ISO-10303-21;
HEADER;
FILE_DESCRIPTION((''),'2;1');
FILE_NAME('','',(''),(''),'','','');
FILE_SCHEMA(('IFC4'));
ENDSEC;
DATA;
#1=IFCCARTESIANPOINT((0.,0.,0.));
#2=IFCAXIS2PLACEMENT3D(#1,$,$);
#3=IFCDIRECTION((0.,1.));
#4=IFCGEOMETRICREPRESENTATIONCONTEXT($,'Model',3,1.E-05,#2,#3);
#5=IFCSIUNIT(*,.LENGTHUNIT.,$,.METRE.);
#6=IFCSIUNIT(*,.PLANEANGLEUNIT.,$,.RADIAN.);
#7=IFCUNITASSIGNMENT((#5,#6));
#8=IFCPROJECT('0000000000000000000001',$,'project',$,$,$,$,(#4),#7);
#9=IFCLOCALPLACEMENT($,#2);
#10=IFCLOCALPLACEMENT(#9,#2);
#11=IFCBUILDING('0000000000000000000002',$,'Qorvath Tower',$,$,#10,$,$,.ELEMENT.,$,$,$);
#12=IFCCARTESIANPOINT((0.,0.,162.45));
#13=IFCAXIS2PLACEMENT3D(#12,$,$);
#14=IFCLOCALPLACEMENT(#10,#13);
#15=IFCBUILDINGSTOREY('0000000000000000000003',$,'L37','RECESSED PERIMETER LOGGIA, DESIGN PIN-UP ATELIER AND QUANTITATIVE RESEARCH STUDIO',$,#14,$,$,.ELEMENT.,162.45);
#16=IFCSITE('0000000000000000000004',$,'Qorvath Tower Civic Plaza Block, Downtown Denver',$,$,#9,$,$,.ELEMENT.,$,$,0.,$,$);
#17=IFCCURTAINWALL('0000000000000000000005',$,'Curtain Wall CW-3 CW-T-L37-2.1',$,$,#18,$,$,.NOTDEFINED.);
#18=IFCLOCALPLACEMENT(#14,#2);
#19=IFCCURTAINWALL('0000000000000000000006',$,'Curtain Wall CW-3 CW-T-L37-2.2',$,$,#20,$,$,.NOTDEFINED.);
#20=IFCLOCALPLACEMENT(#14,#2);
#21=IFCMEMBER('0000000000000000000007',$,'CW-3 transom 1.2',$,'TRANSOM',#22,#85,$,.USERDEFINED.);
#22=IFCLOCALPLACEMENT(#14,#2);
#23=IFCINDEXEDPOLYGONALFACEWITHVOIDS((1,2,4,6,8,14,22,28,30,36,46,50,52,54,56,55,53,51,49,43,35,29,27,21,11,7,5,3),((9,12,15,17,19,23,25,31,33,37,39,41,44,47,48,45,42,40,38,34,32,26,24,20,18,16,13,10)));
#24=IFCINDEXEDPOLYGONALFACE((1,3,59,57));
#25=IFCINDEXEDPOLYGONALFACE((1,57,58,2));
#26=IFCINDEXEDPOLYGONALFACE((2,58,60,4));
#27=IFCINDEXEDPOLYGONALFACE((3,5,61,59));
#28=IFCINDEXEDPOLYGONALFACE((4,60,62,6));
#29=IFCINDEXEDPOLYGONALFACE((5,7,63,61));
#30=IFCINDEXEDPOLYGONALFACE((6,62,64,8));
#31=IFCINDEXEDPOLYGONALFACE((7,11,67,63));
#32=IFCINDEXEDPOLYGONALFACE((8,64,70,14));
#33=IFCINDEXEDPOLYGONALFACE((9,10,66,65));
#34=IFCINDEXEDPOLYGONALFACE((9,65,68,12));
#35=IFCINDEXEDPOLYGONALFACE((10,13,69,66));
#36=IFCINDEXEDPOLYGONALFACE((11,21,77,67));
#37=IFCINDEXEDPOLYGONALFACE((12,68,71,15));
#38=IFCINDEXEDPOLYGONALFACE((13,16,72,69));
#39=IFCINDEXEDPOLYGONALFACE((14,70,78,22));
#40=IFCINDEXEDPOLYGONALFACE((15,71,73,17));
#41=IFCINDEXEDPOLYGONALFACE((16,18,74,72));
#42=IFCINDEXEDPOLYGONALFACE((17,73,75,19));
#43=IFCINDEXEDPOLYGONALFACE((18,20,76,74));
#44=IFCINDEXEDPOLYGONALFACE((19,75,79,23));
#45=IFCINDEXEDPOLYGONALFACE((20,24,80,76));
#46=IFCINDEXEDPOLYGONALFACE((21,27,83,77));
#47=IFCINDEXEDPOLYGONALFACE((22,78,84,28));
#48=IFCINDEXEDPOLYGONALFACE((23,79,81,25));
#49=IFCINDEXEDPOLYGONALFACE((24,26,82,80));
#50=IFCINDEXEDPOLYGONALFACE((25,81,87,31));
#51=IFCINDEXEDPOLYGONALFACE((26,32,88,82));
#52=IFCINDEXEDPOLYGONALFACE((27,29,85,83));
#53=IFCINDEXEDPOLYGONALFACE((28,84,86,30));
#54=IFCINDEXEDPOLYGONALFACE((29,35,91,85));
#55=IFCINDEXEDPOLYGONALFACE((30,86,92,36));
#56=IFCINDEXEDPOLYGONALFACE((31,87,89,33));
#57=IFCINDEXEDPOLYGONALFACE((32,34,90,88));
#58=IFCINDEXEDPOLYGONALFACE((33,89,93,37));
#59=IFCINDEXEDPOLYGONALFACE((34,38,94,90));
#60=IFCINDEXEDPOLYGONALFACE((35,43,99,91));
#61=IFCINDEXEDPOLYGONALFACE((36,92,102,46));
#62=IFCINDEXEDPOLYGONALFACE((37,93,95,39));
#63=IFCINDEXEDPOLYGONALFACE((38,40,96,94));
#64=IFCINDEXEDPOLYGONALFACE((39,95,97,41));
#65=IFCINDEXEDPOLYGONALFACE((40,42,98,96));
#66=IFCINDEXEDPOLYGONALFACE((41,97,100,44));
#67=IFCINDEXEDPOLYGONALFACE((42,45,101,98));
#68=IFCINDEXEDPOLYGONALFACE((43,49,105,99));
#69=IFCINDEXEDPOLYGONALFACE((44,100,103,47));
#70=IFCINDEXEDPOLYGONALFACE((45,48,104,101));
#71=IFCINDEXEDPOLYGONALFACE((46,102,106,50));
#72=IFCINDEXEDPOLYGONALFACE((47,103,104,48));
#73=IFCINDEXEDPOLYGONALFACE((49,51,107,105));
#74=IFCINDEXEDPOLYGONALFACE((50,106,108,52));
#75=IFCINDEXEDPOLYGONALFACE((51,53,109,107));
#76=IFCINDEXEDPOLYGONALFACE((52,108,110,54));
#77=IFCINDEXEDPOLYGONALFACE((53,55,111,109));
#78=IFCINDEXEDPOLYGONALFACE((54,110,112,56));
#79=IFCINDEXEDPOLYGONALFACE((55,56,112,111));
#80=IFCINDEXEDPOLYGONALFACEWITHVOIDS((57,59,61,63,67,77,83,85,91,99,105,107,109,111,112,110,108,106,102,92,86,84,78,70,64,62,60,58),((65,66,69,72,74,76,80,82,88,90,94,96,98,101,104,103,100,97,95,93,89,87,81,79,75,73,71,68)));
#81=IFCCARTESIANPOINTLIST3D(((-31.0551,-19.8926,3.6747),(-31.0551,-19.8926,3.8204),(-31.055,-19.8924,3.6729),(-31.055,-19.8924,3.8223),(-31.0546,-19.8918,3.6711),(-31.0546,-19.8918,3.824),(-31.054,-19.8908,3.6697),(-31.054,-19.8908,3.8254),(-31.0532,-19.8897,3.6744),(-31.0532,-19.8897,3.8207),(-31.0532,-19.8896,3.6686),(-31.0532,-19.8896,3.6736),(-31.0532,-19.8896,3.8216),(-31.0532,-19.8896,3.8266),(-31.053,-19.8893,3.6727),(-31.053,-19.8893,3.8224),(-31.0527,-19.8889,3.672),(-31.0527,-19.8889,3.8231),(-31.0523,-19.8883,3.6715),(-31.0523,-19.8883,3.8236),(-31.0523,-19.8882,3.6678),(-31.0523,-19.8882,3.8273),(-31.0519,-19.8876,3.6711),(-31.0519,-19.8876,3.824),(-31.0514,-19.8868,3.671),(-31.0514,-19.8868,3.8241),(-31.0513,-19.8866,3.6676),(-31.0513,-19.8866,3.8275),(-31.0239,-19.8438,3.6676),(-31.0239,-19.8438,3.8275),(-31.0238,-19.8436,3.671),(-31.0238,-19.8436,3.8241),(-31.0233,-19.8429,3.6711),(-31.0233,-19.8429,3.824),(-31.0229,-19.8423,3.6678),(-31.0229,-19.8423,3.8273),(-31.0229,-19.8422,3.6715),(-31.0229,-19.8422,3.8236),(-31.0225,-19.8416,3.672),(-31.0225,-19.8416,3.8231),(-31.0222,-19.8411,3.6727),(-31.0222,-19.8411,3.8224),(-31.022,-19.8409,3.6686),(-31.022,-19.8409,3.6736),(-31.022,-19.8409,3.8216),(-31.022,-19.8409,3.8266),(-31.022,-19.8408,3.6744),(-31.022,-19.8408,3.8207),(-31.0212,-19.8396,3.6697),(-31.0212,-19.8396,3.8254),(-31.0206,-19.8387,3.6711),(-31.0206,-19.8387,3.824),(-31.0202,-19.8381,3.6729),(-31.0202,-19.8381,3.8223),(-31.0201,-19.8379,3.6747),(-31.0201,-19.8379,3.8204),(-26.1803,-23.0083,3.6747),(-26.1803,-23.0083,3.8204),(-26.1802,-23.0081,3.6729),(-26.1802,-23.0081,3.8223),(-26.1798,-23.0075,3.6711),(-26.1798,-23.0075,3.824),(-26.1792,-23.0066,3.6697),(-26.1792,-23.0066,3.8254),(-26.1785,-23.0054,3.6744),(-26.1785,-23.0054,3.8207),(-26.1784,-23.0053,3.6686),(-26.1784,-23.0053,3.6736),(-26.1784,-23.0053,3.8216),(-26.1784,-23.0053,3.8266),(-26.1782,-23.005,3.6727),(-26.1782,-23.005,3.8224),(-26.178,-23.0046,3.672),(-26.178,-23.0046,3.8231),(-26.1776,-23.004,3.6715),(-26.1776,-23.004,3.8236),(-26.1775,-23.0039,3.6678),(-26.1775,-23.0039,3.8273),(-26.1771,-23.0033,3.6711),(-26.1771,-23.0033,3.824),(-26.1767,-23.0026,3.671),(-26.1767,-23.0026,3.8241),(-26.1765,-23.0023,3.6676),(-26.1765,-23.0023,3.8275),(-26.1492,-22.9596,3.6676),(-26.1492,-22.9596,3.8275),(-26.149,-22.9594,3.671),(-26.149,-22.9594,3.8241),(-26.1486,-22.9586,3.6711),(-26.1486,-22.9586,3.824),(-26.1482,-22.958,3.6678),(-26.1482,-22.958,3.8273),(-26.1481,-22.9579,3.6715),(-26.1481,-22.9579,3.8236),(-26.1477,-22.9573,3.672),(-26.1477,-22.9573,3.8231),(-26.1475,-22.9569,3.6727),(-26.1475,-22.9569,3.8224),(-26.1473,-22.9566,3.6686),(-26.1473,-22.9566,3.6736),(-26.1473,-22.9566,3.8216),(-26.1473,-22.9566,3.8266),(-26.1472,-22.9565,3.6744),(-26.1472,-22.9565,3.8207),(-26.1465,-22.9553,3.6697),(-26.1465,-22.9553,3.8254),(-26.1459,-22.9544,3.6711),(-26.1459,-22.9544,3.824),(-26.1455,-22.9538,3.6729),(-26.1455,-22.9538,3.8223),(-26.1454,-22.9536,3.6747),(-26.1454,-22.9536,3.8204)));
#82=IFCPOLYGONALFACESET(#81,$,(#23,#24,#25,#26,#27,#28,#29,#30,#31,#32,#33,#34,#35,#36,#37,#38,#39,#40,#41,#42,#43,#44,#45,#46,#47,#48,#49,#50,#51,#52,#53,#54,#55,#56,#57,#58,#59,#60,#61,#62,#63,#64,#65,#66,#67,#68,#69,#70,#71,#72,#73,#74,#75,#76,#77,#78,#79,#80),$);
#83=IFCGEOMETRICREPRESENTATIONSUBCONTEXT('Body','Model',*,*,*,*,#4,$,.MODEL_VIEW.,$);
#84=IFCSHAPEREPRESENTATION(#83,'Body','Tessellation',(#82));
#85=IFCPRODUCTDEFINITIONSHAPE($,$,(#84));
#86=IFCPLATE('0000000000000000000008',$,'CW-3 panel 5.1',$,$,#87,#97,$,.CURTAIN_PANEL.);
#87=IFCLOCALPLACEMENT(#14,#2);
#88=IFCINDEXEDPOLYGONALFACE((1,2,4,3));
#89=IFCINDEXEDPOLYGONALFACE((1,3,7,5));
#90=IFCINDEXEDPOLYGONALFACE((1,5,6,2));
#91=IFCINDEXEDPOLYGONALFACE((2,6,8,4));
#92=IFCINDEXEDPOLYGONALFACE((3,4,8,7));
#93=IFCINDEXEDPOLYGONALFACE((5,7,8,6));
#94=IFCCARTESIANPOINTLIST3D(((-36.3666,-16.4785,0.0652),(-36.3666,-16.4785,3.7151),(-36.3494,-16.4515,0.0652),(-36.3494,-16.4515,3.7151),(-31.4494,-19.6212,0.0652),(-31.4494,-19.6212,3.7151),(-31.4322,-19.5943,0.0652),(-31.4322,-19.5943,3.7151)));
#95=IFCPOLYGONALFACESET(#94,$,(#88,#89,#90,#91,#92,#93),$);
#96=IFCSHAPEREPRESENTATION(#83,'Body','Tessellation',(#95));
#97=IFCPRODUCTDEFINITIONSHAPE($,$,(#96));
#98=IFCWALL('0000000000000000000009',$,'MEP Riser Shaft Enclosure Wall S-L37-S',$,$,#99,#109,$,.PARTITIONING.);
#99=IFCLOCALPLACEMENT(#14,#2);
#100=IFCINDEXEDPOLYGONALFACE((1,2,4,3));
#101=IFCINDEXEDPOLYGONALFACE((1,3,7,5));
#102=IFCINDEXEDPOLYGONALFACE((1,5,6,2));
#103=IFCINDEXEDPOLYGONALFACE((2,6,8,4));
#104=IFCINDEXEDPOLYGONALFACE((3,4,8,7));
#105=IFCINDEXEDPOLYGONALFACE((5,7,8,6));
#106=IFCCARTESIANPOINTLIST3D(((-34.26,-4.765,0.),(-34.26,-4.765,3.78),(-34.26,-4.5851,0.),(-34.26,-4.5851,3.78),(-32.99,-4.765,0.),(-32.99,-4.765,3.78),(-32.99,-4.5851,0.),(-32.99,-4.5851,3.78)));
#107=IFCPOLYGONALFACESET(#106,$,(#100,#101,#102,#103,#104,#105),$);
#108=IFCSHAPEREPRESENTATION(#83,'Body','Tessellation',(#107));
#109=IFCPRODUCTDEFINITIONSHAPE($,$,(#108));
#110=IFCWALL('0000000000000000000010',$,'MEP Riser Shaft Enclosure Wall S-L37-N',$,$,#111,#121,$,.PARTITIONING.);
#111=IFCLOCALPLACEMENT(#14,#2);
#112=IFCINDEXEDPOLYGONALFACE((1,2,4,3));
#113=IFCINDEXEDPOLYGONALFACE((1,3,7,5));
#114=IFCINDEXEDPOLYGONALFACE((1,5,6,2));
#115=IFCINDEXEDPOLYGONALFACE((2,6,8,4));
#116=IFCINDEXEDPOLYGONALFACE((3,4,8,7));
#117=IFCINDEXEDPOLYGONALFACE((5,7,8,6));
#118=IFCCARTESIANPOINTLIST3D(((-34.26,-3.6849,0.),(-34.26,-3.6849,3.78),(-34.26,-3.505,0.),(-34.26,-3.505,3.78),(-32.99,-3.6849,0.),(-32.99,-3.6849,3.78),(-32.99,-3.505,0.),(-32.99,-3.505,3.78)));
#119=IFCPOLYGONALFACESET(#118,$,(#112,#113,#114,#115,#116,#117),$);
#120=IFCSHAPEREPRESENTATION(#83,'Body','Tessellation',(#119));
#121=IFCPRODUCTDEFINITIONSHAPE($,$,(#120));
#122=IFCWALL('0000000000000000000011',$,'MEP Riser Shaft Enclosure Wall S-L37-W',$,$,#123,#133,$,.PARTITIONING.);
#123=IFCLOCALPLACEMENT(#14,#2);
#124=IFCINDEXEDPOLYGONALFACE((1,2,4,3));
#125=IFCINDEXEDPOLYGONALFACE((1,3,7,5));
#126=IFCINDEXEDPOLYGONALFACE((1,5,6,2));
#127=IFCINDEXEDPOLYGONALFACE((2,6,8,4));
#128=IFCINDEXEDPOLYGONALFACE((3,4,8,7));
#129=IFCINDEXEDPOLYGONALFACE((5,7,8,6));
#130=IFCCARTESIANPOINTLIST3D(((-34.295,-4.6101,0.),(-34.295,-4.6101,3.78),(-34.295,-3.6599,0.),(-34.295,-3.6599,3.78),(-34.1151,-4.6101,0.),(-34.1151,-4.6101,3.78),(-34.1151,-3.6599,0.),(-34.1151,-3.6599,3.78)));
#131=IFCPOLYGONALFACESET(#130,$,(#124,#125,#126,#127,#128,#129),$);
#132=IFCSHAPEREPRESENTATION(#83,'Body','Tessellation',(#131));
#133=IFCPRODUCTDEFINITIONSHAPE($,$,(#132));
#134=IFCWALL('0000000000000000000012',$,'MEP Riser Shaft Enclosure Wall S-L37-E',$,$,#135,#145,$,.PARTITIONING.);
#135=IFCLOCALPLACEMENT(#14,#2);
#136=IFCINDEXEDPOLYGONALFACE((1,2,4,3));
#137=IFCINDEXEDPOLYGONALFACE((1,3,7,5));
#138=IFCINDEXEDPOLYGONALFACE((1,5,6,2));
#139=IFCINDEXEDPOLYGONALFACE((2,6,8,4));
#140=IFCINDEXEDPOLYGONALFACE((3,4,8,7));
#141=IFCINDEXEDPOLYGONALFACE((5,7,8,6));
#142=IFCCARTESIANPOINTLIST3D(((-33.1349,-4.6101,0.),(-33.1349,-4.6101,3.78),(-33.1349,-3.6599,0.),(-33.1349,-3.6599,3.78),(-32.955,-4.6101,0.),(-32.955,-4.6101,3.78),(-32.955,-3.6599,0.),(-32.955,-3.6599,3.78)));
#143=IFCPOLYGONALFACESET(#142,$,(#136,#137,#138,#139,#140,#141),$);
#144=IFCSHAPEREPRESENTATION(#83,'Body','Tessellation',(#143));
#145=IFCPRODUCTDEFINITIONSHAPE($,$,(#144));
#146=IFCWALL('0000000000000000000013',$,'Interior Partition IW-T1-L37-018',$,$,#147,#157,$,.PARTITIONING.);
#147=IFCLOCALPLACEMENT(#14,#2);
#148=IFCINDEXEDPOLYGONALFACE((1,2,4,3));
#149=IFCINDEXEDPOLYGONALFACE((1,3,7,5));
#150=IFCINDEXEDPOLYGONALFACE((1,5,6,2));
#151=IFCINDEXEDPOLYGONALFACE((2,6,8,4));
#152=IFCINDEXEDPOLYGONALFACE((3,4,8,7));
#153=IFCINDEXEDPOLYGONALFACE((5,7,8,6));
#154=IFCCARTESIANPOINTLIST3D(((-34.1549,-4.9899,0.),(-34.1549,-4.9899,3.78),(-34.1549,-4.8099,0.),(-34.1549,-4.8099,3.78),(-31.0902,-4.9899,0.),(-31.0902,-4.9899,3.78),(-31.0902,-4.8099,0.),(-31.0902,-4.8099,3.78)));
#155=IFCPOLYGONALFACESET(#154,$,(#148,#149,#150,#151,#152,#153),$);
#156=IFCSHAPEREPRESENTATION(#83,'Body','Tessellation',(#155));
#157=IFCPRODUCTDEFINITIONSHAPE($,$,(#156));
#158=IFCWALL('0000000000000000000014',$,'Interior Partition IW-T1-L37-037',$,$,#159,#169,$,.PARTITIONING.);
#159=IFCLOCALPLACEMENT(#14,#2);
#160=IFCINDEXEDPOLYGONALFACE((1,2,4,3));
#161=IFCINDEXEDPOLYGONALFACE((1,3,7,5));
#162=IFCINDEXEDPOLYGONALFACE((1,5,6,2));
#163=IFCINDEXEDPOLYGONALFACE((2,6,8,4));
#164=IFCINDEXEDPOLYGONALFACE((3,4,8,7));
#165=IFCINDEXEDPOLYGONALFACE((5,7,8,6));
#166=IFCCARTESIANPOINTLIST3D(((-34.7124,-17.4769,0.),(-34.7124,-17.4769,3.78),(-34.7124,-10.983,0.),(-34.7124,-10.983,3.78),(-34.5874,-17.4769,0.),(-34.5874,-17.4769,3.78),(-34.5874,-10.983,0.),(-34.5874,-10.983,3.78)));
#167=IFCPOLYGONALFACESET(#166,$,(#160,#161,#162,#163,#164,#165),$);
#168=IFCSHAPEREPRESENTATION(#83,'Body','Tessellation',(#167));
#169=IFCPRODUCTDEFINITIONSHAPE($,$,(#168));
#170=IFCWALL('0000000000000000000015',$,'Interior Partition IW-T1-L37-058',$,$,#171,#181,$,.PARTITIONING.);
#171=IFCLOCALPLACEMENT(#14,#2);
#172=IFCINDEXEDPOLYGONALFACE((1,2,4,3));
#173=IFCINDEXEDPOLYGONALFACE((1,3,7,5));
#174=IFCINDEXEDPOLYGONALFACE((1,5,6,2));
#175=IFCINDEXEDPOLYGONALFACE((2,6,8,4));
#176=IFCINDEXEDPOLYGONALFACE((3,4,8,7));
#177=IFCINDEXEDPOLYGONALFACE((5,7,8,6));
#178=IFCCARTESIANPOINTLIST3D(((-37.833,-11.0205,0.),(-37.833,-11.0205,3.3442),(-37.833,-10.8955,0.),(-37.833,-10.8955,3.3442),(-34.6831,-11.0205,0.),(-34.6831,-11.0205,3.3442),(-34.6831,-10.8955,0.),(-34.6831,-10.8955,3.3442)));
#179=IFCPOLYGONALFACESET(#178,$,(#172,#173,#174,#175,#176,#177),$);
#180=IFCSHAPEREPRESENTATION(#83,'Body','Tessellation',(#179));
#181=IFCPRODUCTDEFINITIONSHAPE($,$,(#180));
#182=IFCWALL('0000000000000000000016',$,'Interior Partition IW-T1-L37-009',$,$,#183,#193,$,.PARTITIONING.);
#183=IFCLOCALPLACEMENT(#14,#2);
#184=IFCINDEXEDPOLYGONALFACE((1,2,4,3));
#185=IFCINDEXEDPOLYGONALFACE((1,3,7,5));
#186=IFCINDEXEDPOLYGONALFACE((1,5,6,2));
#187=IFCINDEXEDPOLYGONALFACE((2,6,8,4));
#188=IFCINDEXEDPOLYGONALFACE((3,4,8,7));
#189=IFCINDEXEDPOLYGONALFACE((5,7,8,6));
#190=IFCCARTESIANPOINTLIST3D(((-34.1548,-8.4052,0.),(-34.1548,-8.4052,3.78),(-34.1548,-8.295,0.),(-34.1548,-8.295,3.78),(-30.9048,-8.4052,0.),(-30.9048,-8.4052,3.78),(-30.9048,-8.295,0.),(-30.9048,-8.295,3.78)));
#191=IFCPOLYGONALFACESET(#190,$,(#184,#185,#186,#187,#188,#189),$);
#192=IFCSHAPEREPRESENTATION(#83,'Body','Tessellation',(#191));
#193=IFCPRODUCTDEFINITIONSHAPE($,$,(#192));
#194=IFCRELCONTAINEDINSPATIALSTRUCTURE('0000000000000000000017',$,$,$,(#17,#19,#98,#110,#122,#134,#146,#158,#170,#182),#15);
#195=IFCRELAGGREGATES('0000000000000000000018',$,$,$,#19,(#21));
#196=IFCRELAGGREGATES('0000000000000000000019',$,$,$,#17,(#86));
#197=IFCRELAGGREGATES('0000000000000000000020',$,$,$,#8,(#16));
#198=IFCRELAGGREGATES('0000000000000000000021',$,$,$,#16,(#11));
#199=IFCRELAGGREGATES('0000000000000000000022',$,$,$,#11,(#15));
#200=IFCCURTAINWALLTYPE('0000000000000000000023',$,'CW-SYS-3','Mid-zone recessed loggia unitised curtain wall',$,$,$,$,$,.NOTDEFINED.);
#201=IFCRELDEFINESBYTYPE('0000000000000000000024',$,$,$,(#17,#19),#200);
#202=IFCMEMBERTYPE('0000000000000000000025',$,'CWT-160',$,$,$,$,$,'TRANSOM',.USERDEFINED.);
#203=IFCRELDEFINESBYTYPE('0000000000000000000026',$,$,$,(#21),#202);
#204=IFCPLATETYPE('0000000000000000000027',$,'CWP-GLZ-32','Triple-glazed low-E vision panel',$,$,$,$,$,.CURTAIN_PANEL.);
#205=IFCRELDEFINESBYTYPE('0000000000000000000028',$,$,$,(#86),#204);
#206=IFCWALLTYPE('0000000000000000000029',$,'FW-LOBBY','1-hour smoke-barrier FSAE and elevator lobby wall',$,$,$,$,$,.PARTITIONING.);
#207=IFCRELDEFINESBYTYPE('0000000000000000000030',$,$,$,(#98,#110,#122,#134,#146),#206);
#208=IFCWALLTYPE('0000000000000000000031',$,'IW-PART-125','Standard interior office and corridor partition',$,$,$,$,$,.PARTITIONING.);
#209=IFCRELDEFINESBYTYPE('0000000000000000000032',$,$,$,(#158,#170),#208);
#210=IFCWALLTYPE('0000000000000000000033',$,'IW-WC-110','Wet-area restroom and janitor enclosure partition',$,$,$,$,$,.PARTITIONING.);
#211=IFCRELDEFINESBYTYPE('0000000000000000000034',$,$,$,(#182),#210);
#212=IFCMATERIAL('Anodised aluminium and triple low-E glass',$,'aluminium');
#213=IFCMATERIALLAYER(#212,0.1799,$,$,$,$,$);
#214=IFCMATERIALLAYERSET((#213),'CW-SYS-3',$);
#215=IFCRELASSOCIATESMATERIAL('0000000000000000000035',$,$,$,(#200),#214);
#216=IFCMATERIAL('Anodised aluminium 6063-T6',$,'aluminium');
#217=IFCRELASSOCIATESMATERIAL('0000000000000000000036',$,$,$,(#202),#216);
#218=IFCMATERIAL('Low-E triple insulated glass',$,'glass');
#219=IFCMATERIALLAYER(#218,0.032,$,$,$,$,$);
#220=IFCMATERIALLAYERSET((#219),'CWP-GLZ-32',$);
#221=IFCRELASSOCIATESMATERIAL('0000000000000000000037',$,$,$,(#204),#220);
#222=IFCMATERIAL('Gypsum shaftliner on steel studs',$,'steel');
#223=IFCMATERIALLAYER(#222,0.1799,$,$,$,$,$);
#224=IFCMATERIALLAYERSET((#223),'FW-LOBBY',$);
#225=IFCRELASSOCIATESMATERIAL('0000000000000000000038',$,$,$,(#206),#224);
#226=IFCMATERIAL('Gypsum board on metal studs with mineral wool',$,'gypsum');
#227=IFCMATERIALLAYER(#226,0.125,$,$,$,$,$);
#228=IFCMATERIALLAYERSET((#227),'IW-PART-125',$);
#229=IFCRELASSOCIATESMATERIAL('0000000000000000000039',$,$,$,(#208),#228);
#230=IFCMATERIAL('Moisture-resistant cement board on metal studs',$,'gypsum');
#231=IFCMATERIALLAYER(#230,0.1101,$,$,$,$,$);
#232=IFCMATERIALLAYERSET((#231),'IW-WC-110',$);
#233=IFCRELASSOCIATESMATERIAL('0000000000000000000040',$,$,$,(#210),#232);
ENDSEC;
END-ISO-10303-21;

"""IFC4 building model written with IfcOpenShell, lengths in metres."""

from ifc_helpers import new_model, si_unit, direction, frame, frame_2d, origin, origin_2d, place, context, subcontext, project, spatial, rectangle, hollow_rectangle, extrude, material, layer, layer_set, material_profile, profile_set, type_object, element, aggregate, save


model = new_model("IFC4")

# Units and contexts
model_context = context("Model", 3, precision=1e-05, world=origin(), true_north=direction((0.0, 1.0)))
body_context = subcontext(model_context, "Body", "Model", "MODEL_VIEW")
ifc_project = project(units=[si_unit("LENGTHUNIT", "METRE"), si_unit("PLANEANGLEUNIT", "RADIAN")], contexts=[model_context])

# Site, building, storey
site_placement = place(None, origin())
site = spatial("IfcSite", under=ifc_project, at=site_placement, Name="Qorvath Tower Civic Plaza Block, Downtown Denver", CompositionType="ELEMENT", RefElevation=0.0)
building_placement = place(site_placement, origin())
building = spatial("IfcBuilding", under=site, at=building_placement, Name="Qorvath Tower", CompositionType="ELEMENT")
storey_placement = place(building_placement, frame((0.0, 0.0, 162.45)))
storey = spatial("IfcBuildingStorey", under=building, at=storey_placement, Name="L37", Description="RECESSED PERIMETER LOGGIA, DESIGN PIN-UP ATELIER AND QUANTITATIVE RESEARCH STUDIO", CompositionType="ELEMENT", Elevation=162.45)

# Curtain wall
ifc_material_1 = material(Name="Anodised aluminium and triple low-E glass", Category="aluminium")
ifc_layer_1 = layer(ifc_material_1, 0.1799)
ifc_layer_set_1 = layer_set([ifc_layer_1], Name="CW-SYS-3")
curtain_wall_type = type_object("IfcCurtainWallType", Name="CW-SYS-3", Description="Mid-zone recessed loggia unitised curtain wall", PredefinedType="NOTDEFINED", material=ifc_layer_set_1)
curtain_wall_1_placement = place(storey_placement, origin())
curtain_wall_1 = element("IfcCurtainWall", 1, at=curtain_wall_1_placement, inside=storey, type_object=curtain_wall_type, Name="Curtain Wall CW-3 CW-T-L37-2.1", PredefinedType="NOTDEFINED")

# Curtain wall
curtain_wall_2_placement = place(storey_placement, origin())
curtain_wall_2 = element("IfcCurtainWall", 2, at=curtain_wall_2_placement, inside=storey, type_object=curtain_wall_type, Name="Curtain Wall CW-3 CW-T-L37-2.2", PredefinedType="NOTDEFINED")

# Member
ifc_material_2 = material(Name="Anodised aluminium 6063-T6", Category="aluminium")
ifc_material_profile_1 = material_profile(ifc_material_2, hollow_rectangle(XDim=0.0649, YDim=0.1599, WallThickness=0.0034, InnerFilletRadius=0.0034, OuterFilletRadius=0.0071, at=origin_2d()), Name="CWT 160x65")
ifc_profile_set_1 = profile_set([ifc_material_profile_1], Name="Anodised aluminium 6063-T6")
member_type_1 = type_object("IfcMemberType", Name="CWT-160", ElementType="TRANSOM", PredefinedType="USERDEFINED", material=ifc_profile_set_1)
member_1_placement = place(storey_placement, frame((-31.0376, -19.8652, 3.7476), z_axis=(0.842595, -0.538548, 0.0), x_axis=(0.538548, 0.842595, 0.0)))
member_1 = element("IfcMember", 3, at=member_1_placement, type_object=member_type_1, Name="CW-3 transom 1.2", ObjectType="TRANSOM", PredefinedType="USERDEFINED", context=body_context, shape_type="SweptSolid", body=[
    extrude(hollow_rectangle(XDim=0.0649, YDim=0.1599, WallThickness=0.0034, InnerFilletRadius=0.0034, OuterFilletRadius=0.0071, at=origin_2d()), origin(), (0.0, 0.0, 1.0), 5.7854),
])
aggregate(curtain_wall_2, [member_1])

# Plate
ifc_material_3 = material(Name="Low-E triple insulated glass", Category="glass")
ifc_layer_2 = layer(ifc_material_3, 0.032)
ifc_layer_set_2 = layer_set([ifc_layer_2], Name="CWP-GLZ-32")
plate_type = type_object("IfcPlateType", Name="CWP-GLZ-32", Description="Triple-glazed low-E vision panel", PredefinedType="CURTAIN_PANEL", material=ifc_layer_set_2)
plate_placement = place(storey_placement, frame((-33.8994, -18.0364, 0.0652), z_axis=(0.0, 0.0, 1.0), x_axis=(0.842604, -0.538534, 0.0)))
plate = element("IfcPlate", 4, at=plate_placement, type_object=plate_type, Name="CW-3 panel 5.1", PredefinedType="CURTAIN_PANEL", context=body_context, shape_type="SweptSolid", body=[
    extrude(rectangle(XDim=5.8357, YDim=0.032, at=origin_2d()), origin(), (0.0, 0.0, 1.0), 3.6499),
])
aggregate(curtain_wall_1, [plate])

# Walls
ifc_material_4 = material(Name="Gypsum shaftliner on steel studs", Category="steel")
ifc_layer_3 = layer(ifc_material_4, 0.1799)
ifc_layer_set_3 = layer_set([ifc_layer_3], Name="FW-LOBBY")
wall_type_1 = type_object("IfcWallType", Name="FW-LOBBY", Description="1-hour smoke-barrier FSAE and elevator lobby wall", PredefinedType="PARTITIONING", material=ifc_layer_set_3)
for number, where, z_axis, x_axis, name in (
    (5, (-32.99, -4.675, 0.0), (0.0, 0.0, 1.0), (-1.0, 0.0, 0.0), "MEP Riser Shaft Enclosure Wall S-L37-S"),
    (6, (-34.26, -3.595, 0.0), (0.0, 0.0, 1.0), (1.0, 0.0, 0.0), "MEP Riser Shaft Enclosure Wall S-L37-N"),
):
    element("IfcWall", number, at=place(storey_placement, frame(where, z_axis=z_axis, x_axis=x_axis)), inside=storey, type_object=wall_type_1, Name=name, PredefinedType="PARTITIONING", context=body_context, shape_type="SweptSolid", body=[
        extrude(rectangle(XDim=1.27, YDim=0.1799, at=frame_2d((0.635, 0.0))), origin(), (0.0, 0.0, 1.0), 3.78),
    ])
for number, where, z_axis, x_axis, name in (
    (7, (-34.2051, -4.6101, 0.0), (0.0, 0.0, 1.0), (0.0, 1.0, 0.0), "MEP Riser Shaft Enclosure Wall S-L37-W"),
    (8, (-33.0449, -3.6599, 0.0), (0.0, 0.0, 1.0), (0.0, -1.0, 0.0), "MEP Riser Shaft Enclosure Wall S-L37-E"),
):
    element("IfcWall", number, at=place(storey_placement, frame(where, z_axis=z_axis, x_axis=x_axis)), inside=storey, type_object=wall_type_1, Name=name, PredefinedType="PARTITIONING", context=body_context, shape_type="SweptSolid", body=[
        extrude(rectangle(XDim=0.9502, YDim=0.1799, at=frame_2d((0.4751, 0.0))), origin(), (0.0, 0.0, 1.0), 3.78),
    ])
wall_1_placement = place(storey_placement, frame((-34.1548, -4.8999, 0.0), z_axis=(0.0, 0.0, 1.0), x_axis=(1.0, 0.0, 0.0)))
element("IfcWall", 9, at=wall_1_placement, inside=storey, type_object=wall_type_1, Name="Interior Partition IW-T1-L37-018", PredefinedType="PARTITIONING", context=body_context, shape_type="SweptSolid", body=[
    extrude(rectangle(XDim=3.0647, YDim=0.1799, at=frame_2d((1.5322, 0.0))), origin(), (0.0, 0.0, 1.0), 3.78),
])
ifc_material_5 = material(Name="Gypsum board on metal studs with mineral wool", Category="gypsum")
ifc_layer_4 = layer(ifc_material_5, 0.125)
ifc_layer_set_4 = layer_set([ifc_layer_4], Name="IW-PART-125")
wall_type_2 = type_object("IfcWallType", Name="IW-PART-125", Description="Standard interior office and corridor partition", PredefinedType="PARTITIONING", material=ifc_layer_set_4)
wall_2_placement = place(storey_placement, frame((-34.6499, -10.9829, 0.0), z_axis=(0.0, 0.0, 1.0), x_axis=(0.0, -1.0, 0.0)))
element("IfcWall", 10, at=wall_2_placement, inside=storey, type_object=wall_type_2, Name="Interior Partition IW-T1-L37-037", PredefinedType="PARTITIONING", context=body_context, shape_type="SweptSolid", body=[
    extrude(rectangle(XDim=6.4939, YDim=0.125, at=frame_2d((3.2471, 0.0))), origin(), (0.0, 0.0, 1.0), 3.78),
])
wall_3_placement = place(storey_placement, frame((-37.833, -10.958, 0.0), z_axis=(0.0, 0.0, 1.0), x_axis=(1.0, 0.0, 0.0)))
element("IfcWall", 11, at=wall_3_placement, inside=storey, type_object=wall_type_2, Name="Interior Partition IW-T1-L37-058", PredefinedType="PARTITIONING", context=body_context, shape_type="SweptSolid", body=[
    extrude(rectangle(XDim=3.1499, YDim=0.125, at=frame_2d((1.575, 0.0))), origin(), (0.0, 0.0, 1.0), 3.3442),
])
ifc_material_6 = material(Name="Moisture-resistant cement board on metal studs", Category="gypsum")
ifc_layer_5 = layer(ifc_material_6, 0.1101)
ifc_layer_set_5 = layer_set([ifc_layer_5], Name="IW-WC-110")
wall_type_3 = type_object("IfcWallType", Name="IW-WC-110", Description="Wet-area restroom and janitor enclosure partition", PredefinedType="PARTITIONING", material=ifc_layer_set_5)
wall_4_placement = place(storey_placement, frame((-34.1548, -8.3501, 0.0), z_axis=(0.0, 0.0, 1.0), x_axis=(1.0, 0.0, 0.0)))
element("IfcWall", 12, at=wall_4_placement, inside=storey, type_object=wall_type_3, Name="Interior Partition IW-T1-L37-009", PredefinedType="PARTITIONING", context=body_context, shape_type="SweptSolid", body=[
    extrude(rectangle(XDim=3.25, YDim=0.1101, at=frame_2d((1.625, 0.0))), origin(), (0.0, 0.0, 1.0), 3.78),
])

save(model, "model.ifc")
